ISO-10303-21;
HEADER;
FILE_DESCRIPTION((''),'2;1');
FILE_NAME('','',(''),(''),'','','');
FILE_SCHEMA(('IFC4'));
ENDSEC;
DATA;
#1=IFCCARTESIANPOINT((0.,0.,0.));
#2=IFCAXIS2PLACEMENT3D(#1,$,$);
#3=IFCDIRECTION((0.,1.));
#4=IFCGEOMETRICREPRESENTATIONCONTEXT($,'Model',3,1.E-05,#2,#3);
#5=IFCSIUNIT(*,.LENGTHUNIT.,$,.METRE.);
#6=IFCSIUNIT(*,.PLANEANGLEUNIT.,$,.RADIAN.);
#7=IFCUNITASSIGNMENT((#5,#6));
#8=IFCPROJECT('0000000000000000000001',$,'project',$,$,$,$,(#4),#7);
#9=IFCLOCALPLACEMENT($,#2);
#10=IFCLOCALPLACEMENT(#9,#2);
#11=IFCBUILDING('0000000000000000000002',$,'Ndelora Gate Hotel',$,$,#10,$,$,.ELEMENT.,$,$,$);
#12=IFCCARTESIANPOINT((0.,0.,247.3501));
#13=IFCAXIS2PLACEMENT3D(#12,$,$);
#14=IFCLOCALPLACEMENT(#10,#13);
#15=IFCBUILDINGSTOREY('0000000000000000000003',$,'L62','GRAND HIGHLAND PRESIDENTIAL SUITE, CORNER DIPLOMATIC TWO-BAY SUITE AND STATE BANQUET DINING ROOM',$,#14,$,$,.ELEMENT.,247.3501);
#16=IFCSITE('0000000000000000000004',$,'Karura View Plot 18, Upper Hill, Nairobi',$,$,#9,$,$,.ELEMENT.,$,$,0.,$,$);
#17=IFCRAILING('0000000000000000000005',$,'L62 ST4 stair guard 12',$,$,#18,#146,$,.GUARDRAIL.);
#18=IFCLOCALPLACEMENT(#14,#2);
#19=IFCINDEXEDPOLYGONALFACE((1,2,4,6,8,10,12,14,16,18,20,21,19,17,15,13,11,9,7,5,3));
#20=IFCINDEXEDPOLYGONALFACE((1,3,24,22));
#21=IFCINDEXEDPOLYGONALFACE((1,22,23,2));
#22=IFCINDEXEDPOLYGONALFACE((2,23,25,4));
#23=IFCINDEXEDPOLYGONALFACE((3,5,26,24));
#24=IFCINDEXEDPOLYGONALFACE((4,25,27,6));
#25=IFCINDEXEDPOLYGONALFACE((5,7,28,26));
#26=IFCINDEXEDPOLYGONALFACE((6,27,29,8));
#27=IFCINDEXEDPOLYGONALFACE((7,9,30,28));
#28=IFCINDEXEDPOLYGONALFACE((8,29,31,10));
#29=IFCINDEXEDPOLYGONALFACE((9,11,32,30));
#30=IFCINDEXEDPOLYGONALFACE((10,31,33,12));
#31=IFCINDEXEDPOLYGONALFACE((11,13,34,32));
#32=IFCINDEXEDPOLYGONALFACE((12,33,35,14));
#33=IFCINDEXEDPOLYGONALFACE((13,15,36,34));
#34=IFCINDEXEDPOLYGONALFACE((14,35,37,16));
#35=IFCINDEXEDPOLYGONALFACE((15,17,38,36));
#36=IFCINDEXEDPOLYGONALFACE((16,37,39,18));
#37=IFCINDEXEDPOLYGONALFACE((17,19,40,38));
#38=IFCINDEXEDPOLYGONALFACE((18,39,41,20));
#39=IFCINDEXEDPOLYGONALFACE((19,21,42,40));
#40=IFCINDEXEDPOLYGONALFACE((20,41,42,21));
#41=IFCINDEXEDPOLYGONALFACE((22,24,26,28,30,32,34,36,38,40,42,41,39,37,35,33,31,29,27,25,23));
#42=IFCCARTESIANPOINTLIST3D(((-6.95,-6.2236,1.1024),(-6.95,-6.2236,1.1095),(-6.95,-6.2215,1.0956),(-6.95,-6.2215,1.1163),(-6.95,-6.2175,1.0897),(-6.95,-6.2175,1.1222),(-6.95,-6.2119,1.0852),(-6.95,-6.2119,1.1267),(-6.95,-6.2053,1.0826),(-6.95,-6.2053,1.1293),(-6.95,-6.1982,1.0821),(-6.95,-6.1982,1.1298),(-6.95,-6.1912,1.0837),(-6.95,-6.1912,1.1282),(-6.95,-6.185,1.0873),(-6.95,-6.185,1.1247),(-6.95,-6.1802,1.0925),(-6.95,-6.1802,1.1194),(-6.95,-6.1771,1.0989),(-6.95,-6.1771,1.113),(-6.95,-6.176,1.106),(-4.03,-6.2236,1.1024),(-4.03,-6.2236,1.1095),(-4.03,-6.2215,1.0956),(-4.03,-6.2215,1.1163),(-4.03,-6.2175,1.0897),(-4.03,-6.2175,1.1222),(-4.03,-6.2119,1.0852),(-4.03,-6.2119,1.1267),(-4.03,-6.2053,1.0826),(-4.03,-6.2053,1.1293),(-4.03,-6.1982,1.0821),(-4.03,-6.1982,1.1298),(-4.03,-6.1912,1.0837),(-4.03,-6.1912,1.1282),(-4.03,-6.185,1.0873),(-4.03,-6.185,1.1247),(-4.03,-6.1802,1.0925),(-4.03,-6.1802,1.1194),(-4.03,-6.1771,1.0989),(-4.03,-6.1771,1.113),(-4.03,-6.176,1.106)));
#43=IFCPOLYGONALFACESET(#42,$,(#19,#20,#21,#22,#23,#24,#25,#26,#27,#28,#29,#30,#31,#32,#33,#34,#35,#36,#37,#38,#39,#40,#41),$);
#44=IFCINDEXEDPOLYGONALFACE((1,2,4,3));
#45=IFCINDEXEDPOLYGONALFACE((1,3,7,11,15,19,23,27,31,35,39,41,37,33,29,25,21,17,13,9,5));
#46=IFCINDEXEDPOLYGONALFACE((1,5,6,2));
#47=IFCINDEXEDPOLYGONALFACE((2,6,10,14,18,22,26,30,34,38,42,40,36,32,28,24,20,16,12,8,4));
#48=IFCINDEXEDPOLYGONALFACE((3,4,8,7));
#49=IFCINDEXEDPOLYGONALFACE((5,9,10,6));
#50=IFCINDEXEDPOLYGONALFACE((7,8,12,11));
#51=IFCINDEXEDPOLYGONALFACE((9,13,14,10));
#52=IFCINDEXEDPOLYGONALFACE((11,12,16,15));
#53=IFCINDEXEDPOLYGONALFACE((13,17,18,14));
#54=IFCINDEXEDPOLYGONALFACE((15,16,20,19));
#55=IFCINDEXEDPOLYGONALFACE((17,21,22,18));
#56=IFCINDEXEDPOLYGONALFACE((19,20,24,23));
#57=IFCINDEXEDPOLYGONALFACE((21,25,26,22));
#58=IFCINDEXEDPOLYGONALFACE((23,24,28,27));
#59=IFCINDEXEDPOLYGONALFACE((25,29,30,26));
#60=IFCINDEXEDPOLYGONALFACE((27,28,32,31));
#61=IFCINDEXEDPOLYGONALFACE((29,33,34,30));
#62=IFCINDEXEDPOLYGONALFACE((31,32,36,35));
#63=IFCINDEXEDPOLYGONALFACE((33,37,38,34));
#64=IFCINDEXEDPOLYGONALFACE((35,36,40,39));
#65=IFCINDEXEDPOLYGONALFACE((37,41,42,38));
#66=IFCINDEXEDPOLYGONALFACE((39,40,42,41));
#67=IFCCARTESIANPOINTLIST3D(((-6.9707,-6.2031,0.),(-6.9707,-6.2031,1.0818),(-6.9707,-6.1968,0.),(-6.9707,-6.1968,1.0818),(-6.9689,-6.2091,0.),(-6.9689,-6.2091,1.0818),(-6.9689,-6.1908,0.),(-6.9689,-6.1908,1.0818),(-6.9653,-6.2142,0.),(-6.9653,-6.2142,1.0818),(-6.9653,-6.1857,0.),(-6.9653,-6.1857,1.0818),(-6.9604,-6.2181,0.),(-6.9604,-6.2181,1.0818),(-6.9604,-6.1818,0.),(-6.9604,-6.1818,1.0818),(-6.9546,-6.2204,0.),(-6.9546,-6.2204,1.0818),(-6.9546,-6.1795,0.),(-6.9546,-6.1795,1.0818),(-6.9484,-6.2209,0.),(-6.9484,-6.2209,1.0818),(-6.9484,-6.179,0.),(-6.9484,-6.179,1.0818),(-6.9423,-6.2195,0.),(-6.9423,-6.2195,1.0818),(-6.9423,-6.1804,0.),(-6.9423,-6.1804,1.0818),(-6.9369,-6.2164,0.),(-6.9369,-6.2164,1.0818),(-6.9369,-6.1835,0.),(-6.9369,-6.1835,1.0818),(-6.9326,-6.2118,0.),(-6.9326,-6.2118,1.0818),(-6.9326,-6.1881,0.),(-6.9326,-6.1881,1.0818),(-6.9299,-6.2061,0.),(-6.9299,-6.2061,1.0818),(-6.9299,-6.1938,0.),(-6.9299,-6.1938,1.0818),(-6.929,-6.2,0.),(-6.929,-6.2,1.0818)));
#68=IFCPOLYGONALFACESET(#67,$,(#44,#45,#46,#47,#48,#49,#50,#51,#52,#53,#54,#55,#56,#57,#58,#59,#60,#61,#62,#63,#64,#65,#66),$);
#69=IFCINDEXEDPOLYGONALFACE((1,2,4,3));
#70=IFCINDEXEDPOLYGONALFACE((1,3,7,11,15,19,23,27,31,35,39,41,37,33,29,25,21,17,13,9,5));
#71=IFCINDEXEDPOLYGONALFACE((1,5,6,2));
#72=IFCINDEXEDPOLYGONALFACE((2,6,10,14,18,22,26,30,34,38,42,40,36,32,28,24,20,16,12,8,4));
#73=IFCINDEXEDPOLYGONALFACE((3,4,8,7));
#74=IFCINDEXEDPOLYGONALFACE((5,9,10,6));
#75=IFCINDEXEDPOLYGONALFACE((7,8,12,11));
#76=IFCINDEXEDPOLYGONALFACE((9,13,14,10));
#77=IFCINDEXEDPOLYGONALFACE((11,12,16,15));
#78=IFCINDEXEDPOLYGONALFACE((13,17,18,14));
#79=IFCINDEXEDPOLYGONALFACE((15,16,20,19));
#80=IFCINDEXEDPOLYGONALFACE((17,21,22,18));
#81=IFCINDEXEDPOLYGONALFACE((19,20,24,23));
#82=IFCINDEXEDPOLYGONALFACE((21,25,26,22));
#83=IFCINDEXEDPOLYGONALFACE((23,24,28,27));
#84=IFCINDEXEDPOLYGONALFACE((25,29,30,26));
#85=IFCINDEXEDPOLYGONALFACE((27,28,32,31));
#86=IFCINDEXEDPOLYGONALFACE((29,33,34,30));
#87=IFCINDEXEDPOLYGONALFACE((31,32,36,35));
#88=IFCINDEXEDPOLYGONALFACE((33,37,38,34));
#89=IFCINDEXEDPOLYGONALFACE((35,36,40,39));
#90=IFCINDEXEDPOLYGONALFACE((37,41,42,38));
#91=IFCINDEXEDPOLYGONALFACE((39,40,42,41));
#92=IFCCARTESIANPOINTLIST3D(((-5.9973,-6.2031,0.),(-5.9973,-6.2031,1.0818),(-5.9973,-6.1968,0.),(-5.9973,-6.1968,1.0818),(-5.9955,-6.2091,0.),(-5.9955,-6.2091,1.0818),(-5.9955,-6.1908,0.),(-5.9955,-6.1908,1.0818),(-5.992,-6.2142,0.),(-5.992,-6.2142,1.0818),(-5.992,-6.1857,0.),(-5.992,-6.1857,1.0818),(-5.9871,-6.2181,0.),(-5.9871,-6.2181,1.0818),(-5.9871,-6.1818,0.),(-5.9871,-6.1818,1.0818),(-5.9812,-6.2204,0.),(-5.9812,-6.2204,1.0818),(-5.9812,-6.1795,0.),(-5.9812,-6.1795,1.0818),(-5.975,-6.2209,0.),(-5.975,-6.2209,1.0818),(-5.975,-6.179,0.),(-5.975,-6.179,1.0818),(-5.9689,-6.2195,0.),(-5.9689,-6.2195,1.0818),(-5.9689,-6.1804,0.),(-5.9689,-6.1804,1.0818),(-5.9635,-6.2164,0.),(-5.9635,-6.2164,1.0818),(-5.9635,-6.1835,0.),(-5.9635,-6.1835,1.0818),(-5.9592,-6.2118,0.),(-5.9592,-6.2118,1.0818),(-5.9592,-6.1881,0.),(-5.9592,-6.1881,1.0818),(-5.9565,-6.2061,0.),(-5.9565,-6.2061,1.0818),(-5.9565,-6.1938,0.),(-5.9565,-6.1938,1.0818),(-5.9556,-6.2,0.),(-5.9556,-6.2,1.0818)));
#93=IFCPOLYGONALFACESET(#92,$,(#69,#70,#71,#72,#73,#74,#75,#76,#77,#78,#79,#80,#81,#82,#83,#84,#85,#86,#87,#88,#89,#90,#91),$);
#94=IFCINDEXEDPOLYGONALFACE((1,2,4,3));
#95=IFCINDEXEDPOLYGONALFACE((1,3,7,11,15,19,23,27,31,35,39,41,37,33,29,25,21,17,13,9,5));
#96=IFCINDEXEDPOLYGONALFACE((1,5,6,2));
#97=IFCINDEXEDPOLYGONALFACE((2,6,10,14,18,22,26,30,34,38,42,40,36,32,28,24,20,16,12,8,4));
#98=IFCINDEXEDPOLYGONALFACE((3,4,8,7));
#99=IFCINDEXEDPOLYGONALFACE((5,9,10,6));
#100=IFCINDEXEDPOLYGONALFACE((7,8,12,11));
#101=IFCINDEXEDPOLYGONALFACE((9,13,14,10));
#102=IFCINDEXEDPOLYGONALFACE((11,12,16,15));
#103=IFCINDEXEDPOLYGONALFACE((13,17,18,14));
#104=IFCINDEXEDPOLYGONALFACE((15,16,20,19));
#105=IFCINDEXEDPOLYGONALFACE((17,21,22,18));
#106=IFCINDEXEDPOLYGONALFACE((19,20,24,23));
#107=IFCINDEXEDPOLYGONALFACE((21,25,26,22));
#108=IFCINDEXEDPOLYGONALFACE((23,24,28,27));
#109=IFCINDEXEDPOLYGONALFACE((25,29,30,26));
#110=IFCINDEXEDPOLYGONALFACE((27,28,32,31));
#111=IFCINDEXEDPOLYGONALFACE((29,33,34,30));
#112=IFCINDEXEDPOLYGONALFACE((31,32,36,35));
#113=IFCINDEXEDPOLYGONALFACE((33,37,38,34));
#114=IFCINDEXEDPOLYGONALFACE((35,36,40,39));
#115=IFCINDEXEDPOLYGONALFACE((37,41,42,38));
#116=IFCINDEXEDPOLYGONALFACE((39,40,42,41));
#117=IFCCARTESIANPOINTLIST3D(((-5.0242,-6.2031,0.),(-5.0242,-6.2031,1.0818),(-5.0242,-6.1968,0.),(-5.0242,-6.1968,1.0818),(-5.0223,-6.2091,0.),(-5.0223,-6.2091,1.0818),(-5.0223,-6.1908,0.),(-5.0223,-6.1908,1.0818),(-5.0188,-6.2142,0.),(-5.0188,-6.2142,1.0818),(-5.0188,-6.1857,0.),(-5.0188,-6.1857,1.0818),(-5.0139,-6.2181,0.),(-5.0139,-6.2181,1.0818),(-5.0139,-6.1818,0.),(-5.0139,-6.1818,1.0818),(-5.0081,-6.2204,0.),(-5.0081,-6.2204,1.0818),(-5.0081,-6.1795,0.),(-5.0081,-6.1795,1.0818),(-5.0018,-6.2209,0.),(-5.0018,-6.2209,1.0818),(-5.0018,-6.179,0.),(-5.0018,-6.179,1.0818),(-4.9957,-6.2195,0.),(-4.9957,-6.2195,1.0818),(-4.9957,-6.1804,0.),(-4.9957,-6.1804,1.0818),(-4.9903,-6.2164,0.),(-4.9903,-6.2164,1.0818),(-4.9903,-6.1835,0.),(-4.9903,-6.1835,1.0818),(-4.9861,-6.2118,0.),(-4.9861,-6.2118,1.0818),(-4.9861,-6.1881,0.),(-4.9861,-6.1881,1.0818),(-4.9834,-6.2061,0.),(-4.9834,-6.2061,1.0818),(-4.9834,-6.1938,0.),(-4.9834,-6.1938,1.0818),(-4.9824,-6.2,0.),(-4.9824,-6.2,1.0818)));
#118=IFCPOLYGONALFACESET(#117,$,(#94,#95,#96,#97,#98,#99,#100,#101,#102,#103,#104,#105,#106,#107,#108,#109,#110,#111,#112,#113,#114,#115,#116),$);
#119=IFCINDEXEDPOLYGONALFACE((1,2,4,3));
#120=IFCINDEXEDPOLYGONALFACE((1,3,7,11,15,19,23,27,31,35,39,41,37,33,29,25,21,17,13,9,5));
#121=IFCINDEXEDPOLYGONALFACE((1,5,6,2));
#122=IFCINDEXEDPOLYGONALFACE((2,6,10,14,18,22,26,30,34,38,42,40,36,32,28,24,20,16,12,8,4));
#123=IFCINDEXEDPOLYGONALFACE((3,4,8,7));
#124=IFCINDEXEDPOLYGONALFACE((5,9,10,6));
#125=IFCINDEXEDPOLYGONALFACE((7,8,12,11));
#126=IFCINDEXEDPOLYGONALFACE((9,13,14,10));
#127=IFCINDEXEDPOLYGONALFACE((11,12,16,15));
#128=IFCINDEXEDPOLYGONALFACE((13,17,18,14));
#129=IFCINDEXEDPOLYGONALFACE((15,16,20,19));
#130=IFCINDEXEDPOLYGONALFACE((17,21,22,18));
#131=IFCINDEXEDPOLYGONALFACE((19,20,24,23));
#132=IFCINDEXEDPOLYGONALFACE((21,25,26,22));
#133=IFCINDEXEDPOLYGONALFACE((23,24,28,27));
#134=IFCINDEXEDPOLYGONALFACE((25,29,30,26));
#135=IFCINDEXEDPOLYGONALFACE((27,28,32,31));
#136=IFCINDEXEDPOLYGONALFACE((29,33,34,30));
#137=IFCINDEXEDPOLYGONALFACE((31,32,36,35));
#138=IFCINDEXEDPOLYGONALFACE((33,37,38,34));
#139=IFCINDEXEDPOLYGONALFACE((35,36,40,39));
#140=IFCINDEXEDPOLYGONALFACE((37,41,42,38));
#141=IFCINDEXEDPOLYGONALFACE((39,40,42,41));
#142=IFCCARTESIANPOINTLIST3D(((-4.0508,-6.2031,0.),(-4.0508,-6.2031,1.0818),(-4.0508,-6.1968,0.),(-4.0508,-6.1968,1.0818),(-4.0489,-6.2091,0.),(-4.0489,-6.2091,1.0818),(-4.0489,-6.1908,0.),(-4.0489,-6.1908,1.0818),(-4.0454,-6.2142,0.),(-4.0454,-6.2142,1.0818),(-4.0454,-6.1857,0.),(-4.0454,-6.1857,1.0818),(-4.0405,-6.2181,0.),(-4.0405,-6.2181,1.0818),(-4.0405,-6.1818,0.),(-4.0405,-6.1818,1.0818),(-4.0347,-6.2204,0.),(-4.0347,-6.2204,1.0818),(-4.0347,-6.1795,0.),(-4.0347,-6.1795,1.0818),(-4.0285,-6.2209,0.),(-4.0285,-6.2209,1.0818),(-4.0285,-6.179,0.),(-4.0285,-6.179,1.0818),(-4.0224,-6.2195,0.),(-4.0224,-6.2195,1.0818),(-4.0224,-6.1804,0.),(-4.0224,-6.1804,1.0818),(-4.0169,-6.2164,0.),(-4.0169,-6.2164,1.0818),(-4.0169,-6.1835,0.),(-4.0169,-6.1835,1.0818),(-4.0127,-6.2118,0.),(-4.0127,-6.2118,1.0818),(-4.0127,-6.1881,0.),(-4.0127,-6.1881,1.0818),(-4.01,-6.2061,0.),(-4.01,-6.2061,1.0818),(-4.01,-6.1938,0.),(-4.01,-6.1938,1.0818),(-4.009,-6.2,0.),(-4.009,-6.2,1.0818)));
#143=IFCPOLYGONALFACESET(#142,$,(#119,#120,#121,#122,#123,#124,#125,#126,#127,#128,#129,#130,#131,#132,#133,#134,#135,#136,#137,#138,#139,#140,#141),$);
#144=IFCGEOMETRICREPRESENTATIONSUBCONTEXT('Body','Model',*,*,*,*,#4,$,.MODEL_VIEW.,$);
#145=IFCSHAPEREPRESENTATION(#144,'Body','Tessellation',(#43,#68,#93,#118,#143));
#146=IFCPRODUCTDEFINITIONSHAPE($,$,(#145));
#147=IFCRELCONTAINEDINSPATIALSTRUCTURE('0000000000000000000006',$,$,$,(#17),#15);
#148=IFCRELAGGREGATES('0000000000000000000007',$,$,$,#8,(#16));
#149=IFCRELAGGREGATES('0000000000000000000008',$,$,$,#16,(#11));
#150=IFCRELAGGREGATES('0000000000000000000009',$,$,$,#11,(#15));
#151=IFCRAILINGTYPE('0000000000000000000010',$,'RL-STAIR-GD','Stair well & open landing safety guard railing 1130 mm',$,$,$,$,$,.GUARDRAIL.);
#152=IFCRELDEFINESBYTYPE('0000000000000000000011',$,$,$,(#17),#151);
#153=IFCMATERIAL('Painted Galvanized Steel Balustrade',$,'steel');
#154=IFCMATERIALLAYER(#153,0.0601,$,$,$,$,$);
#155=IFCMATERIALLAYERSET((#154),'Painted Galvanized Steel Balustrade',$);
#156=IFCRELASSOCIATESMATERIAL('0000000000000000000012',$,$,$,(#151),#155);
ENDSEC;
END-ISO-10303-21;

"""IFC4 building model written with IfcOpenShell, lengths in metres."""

from ifc_helpers import new_model, si_unit, direction, frame, origin, origin_2d, place, context, subcontext, project, spatial, circle, extrude, material, layer, layer_set, type_object, element, save


model = new_model("IFC4")

# Units and contexts
model_context = context("Model", 3, precision=1e-05, world=origin(), true_north=direction((0.0, 1.0)))
body_context = subcontext(model_context, "Body", "Model", "MODEL_VIEW")
ifc_project = project(units=[si_unit("LENGTHUNIT", "METRE"), si_unit("PLANEANGLEUNIT", "RADIAN")], contexts=[model_context])

# Site, building, storey
site_placement = place(None, origin())
site = spatial("IfcSite", under=ifc_project, at=site_placement, Name="Karura View Plot 18, Upper Hill, Nairobi", CompositionType="ELEMENT", RefElevation=0.0)
building_placement = place(site_placement, origin())
building = spatial("IfcBuilding", under=site, at=building_placement, Name="Ndelora Gate Hotel", CompositionType="ELEMENT")
storey_placement = place(building_placement, frame((0.0, 0.0, 247.3501)))
storey = spatial("IfcBuildingStorey", under=building, at=storey_placement, Name="L62", Description="GRAND HIGHLAND PRESIDENTIAL SUITE, CORNER DIPLOMATIC TWO-BAY SUITE AND STATE BANQUET DINING ROOM", CompositionType="ELEMENT", Elevation=247.3501)

# Railing
ifc_material_1 = material(Name="Painted Galvanized Steel Balustrade", Category="steel")
ifc_layer_1 = layer(ifc_material_1, 0.0601)
ifc_layer_set_1 = layer_set([ifc_layer_1], Name="Painted Galvanized Steel Balustrade")
railing_type_1 = type_object("IfcRailingType", Name="RL-STAIR-GD", Description="Stair well & open landing safety guard railing 1130 mm", PredefinedType="GUARDRAIL", material=ifc_layer_set_1)
railing_1_placement = place(storey_placement, frame((-6.95, -6.2, 0.0)))
element("IfcRailing", 1, at=railing_1_placement, inside=storey, type_object=railing_type_1, Name="L62 ST4 stair guard 12", PredefinedType="GUARDRAIL", context=body_context, shape_type="SweptSolid", body=[
    extrude(circle(Radius=0.0239, at=origin_2d()), frame((0.0, 0.0, 1.106), z_axis=(1.0, 0.0, 0.0), x_axis=(0.0, 1.0, 0.0)), (0.0, 0.0, 1.0), 2.9199),
    extrude(circle(Radius=0.021, at=origin_2d()), origin(), (0.0, 0.0, 1.0), 1.0818),
    extrude(circle(Radius=0.021, at=origin_2d()), frame((0.9734, 0.0, 0.0)), (0.0, 0.0, 1.0), 1.0818),
    extrude(circle(Radius=0.021, at=origin_2d()), frame((1.9465, 0.0, 0.0)), (0.0, 0.0, 1.0), 1.0818),
    extrude(circle(Radius=0.021, at=origin_2d()), frame((2.9199, 0.0, 0.0)), (0.0, 0.0, 1.0), 1.0818),
])

save(model, "model.ifc")
